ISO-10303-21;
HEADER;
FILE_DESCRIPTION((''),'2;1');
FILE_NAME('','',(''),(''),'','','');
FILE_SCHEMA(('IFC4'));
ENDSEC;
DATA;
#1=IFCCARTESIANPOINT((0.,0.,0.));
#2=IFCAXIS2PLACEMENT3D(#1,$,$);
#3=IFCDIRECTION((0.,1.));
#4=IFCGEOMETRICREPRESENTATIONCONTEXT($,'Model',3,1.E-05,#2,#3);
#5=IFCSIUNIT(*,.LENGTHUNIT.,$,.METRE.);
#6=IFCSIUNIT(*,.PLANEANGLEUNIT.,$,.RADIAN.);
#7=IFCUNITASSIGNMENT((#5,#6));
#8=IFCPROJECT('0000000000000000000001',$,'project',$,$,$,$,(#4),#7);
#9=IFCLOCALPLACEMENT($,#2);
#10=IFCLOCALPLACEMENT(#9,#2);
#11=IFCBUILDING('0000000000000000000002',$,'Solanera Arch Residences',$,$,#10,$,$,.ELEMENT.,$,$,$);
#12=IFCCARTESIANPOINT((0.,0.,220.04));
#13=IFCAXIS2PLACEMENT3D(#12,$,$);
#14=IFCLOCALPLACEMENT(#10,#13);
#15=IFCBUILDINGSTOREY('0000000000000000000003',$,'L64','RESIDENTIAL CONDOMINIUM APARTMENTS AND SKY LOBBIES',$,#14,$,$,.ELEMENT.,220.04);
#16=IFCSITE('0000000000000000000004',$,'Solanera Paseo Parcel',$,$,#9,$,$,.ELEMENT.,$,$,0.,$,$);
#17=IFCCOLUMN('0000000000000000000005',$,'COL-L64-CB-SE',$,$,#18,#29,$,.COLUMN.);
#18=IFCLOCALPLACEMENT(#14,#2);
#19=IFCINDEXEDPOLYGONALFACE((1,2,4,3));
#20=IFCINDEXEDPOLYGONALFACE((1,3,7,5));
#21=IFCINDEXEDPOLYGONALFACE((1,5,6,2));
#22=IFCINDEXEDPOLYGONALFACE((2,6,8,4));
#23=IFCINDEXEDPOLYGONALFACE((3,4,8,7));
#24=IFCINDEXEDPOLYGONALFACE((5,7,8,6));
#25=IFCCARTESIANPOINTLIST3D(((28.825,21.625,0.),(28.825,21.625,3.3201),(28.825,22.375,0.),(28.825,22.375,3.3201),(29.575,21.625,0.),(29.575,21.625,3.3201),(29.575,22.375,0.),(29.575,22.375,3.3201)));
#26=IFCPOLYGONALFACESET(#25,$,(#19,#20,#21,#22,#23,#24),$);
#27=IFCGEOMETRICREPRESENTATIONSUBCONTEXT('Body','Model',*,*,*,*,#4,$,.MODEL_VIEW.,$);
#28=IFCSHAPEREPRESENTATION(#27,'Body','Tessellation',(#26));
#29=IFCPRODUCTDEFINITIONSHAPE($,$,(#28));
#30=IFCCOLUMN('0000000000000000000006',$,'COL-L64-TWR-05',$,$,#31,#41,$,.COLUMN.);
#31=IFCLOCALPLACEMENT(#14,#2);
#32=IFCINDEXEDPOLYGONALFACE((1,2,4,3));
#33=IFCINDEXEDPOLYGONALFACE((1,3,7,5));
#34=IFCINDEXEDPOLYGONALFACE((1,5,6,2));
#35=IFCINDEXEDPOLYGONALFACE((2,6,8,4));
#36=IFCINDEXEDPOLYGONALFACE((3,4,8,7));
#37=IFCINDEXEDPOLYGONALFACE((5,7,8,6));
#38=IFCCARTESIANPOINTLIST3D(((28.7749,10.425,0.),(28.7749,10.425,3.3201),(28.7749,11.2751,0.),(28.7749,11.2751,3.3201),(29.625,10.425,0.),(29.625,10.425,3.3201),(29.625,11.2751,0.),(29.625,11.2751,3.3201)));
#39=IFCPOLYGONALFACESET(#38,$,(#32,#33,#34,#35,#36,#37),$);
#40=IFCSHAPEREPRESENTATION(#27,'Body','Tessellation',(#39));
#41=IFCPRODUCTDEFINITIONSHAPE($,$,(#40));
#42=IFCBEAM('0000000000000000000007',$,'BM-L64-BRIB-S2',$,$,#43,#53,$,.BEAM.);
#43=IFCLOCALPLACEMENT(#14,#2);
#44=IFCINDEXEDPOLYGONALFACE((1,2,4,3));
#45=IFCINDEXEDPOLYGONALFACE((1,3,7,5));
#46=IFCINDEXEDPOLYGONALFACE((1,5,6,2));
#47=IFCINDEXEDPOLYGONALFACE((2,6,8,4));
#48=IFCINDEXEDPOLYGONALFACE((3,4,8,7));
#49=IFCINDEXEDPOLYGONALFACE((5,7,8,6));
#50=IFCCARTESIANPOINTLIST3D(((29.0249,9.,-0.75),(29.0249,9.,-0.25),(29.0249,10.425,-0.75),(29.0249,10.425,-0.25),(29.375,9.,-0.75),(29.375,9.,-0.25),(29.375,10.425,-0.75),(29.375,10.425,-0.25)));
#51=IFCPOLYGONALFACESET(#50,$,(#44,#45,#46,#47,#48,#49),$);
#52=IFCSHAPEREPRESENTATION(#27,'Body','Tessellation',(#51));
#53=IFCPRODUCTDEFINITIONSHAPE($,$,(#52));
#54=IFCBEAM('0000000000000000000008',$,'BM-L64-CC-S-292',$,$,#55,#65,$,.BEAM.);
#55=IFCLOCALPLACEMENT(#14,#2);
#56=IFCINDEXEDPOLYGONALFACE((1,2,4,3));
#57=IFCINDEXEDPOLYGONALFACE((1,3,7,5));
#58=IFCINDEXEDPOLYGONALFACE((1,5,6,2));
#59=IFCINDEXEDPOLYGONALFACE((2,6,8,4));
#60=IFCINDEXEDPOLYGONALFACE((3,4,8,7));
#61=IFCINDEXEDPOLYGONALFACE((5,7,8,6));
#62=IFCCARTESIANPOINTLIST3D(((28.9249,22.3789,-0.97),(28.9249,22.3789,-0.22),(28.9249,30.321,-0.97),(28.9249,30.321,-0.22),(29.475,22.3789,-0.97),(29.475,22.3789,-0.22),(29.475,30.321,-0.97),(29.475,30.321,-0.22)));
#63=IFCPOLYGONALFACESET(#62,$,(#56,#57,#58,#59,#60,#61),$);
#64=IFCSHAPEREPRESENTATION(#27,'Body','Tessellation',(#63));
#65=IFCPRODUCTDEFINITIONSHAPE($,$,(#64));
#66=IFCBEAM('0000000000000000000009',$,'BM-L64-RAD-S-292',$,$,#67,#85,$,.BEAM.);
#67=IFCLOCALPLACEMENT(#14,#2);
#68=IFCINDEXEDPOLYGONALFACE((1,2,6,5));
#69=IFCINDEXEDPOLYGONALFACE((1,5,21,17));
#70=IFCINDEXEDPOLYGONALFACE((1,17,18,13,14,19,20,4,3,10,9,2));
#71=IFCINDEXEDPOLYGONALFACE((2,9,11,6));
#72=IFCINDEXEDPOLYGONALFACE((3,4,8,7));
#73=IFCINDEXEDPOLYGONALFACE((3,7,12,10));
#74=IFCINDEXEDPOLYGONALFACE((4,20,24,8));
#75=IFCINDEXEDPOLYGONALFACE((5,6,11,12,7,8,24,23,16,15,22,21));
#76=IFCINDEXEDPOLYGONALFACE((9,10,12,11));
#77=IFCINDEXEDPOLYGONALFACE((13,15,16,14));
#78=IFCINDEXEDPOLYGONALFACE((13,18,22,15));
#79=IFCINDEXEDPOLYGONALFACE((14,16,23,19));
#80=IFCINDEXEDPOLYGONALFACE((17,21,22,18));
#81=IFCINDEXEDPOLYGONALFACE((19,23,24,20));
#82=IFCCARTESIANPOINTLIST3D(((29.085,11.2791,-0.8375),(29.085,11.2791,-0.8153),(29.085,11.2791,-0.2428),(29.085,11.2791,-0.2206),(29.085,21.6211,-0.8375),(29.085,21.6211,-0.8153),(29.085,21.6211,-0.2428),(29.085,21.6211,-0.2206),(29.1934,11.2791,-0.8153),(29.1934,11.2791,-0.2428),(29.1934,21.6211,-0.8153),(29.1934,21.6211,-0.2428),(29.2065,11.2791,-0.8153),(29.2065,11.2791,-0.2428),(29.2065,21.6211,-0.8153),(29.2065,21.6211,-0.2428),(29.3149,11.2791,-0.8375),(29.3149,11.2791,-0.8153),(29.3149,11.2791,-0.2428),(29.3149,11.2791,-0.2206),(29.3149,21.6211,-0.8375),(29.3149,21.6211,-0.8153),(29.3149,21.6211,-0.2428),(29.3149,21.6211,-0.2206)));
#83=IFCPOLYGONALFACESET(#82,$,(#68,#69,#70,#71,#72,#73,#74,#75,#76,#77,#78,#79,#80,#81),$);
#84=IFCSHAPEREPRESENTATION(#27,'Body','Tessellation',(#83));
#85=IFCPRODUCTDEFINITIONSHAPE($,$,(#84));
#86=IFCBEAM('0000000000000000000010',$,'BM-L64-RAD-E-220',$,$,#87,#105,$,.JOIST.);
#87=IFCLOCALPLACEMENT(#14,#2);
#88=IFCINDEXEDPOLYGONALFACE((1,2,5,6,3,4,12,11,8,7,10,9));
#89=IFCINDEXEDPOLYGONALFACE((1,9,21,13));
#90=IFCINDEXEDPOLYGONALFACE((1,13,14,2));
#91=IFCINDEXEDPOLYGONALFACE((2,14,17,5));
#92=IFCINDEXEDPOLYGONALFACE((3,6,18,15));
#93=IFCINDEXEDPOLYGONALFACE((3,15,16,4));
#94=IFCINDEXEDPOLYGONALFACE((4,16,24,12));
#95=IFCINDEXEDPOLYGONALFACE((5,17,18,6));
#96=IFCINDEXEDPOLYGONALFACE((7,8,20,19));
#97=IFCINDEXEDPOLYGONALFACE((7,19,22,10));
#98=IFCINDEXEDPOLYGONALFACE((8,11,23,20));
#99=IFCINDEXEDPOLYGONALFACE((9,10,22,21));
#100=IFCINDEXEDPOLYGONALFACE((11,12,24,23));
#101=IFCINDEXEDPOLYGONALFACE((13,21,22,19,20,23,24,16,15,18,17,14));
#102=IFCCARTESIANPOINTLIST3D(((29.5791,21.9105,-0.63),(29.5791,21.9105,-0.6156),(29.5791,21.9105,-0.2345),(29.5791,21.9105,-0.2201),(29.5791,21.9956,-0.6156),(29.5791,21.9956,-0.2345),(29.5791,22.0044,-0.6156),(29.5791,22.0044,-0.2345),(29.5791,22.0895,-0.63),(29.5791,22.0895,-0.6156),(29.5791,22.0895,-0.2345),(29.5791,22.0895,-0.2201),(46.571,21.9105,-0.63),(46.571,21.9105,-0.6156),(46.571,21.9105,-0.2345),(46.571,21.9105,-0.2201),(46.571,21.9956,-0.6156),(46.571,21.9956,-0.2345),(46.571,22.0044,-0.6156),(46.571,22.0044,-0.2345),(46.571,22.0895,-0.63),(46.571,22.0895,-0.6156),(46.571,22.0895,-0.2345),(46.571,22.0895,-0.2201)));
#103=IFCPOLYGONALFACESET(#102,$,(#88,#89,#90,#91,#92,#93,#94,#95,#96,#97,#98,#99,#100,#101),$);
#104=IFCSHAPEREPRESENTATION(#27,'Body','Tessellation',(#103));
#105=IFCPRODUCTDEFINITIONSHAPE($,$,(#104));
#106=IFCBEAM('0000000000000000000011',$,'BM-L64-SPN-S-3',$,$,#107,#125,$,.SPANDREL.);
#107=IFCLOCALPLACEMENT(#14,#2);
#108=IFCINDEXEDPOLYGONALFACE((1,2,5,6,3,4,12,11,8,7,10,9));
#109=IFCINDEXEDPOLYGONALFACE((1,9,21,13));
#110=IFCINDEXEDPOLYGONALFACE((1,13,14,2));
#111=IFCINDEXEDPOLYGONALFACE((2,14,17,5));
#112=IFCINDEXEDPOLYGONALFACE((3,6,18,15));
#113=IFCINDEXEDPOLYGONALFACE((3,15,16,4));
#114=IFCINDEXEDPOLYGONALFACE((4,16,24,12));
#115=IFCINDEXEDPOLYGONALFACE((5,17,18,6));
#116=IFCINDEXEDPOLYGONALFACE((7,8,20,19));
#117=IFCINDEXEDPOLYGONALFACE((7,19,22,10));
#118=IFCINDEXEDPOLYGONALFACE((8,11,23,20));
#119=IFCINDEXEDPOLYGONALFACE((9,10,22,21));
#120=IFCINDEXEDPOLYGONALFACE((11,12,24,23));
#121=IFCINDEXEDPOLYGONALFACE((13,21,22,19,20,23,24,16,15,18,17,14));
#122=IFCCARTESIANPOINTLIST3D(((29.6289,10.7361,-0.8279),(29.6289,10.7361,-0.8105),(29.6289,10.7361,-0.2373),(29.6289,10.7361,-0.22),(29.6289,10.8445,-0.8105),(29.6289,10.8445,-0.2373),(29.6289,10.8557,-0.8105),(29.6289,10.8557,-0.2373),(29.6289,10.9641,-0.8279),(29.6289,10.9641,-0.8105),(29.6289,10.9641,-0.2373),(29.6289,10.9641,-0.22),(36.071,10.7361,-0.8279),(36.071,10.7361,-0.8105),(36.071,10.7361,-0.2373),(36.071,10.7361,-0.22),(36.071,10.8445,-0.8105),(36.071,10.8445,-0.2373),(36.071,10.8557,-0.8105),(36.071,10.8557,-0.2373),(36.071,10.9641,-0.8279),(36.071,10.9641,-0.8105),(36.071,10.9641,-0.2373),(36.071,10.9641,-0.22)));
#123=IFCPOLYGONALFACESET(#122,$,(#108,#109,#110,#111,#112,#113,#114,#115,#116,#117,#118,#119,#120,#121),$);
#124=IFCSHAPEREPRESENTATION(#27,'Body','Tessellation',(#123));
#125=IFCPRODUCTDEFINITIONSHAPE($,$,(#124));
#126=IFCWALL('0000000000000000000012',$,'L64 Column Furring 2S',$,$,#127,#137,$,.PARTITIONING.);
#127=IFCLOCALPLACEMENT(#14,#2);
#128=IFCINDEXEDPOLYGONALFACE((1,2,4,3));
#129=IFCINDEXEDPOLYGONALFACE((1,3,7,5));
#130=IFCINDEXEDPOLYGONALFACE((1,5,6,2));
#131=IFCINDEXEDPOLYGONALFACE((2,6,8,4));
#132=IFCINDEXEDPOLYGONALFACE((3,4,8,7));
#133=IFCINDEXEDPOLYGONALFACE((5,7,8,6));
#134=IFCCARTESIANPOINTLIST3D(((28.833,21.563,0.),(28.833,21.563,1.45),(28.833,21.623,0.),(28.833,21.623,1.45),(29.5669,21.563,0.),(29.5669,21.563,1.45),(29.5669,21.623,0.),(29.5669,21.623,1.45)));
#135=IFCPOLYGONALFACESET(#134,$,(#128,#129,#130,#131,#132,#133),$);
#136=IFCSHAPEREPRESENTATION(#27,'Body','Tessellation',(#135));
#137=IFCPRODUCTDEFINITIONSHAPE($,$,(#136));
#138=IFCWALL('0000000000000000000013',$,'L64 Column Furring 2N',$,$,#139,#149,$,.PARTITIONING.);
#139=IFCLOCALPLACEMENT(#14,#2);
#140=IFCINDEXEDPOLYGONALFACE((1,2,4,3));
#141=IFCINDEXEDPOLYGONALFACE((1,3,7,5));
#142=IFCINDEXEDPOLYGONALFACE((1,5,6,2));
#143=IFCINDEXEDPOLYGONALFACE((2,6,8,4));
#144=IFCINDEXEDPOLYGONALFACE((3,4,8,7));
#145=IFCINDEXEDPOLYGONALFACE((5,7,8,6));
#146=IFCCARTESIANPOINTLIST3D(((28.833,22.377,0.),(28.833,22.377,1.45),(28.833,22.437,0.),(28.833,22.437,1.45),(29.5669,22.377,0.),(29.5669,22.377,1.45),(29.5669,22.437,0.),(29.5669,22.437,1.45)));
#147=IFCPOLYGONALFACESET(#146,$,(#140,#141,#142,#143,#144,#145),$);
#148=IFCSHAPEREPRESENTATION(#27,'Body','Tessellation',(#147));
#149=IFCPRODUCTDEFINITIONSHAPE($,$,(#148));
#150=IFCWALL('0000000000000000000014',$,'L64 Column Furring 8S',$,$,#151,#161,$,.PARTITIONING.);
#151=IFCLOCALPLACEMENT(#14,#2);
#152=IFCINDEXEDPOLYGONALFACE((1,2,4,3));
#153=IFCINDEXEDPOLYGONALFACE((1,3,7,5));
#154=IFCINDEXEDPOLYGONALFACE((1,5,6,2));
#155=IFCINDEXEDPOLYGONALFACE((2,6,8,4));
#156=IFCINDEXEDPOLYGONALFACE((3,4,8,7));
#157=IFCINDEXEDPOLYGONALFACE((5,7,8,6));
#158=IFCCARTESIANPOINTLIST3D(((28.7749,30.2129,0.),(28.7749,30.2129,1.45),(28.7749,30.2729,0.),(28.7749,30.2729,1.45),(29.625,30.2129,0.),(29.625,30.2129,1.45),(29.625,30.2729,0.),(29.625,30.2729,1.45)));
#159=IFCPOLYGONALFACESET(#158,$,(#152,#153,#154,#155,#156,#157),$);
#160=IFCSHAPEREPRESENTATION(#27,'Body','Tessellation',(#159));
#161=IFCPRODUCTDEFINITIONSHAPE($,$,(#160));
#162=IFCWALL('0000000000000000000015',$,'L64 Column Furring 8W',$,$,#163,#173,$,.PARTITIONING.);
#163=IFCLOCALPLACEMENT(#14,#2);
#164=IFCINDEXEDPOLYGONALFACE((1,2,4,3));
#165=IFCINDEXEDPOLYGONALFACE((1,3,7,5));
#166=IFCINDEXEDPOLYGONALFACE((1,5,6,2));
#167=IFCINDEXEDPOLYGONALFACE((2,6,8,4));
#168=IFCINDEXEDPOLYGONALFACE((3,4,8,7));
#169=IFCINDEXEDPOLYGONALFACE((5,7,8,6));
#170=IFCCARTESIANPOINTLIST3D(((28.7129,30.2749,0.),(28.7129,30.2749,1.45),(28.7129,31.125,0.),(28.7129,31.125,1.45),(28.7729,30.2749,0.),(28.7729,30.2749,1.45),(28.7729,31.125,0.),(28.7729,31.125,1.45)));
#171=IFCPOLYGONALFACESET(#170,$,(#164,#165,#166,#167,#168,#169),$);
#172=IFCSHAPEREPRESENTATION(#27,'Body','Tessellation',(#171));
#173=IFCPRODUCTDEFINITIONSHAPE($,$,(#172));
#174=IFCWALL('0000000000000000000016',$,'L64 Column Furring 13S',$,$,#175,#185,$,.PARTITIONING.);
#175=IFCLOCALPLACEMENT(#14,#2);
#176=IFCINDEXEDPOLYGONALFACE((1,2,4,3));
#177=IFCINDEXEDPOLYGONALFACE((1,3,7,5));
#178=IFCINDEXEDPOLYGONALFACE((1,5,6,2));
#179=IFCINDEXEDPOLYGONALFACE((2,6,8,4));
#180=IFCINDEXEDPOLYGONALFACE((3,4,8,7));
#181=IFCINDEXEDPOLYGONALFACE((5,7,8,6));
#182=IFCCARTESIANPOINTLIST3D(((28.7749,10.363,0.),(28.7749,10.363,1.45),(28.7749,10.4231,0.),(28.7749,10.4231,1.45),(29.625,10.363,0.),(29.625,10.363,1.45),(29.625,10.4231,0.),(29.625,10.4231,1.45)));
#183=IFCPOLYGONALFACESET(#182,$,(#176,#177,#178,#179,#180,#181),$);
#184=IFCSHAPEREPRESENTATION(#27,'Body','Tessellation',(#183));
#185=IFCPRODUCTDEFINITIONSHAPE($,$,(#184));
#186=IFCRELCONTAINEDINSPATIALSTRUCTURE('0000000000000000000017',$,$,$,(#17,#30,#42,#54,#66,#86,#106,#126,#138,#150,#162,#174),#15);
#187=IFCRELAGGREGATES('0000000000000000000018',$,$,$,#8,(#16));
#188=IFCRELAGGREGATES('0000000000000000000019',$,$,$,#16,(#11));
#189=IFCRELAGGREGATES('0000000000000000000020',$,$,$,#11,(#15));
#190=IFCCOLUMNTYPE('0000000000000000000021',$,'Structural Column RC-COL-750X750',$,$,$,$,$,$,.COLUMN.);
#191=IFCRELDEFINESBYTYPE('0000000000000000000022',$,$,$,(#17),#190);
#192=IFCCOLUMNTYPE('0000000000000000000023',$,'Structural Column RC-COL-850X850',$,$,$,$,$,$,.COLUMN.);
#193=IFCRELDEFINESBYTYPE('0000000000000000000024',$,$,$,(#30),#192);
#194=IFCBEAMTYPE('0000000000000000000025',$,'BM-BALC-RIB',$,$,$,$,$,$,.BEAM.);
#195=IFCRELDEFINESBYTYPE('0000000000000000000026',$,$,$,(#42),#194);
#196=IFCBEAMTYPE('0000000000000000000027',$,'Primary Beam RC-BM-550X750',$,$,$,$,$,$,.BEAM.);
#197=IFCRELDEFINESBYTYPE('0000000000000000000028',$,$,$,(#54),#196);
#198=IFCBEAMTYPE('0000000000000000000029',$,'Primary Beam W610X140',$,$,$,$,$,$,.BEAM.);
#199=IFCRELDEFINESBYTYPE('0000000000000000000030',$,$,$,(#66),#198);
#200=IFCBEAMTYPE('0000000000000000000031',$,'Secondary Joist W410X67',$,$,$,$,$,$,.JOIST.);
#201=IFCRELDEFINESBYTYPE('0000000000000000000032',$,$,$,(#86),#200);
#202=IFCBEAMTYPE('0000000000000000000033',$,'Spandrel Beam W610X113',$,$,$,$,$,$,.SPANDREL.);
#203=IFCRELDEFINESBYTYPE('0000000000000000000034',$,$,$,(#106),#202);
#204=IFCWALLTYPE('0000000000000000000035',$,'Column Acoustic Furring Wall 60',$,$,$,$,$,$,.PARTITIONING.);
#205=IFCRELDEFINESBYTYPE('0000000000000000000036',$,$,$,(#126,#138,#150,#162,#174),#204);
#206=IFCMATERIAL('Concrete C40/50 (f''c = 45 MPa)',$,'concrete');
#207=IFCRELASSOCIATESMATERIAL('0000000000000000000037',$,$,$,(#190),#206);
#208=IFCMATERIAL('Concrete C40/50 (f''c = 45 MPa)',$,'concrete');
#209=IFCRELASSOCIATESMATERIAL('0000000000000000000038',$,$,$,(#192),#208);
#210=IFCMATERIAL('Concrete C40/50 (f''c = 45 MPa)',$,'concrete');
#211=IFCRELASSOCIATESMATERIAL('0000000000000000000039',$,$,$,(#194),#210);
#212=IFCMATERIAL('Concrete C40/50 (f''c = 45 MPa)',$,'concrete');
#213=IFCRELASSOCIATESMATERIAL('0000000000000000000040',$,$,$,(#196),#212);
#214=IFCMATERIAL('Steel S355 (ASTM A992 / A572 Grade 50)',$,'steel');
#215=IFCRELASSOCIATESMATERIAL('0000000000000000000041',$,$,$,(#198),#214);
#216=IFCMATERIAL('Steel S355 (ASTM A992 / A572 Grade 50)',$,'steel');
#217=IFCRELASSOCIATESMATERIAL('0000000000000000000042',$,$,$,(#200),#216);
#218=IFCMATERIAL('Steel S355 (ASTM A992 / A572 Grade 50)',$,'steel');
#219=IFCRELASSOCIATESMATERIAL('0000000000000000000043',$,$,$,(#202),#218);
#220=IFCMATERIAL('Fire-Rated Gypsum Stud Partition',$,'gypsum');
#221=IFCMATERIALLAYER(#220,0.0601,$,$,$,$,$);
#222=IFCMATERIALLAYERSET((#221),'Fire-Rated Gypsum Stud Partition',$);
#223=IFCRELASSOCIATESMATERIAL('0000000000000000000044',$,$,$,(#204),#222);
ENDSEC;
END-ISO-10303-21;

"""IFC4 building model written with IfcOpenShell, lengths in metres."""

from ifc_helpers import new_model, si_unit, direction, frame, frame_2d, origin, origin_2d, place, context, subcontext, project, spatial, rectangle, i_section, extrude, material, layer, layer_set, material_profile, profile_set, type_object, element, save


model = new_model("IFC4")

# Units and contexts
model_context = context("Model", 3, precision=1e-05, world=origin(), true_north=direction((0.0, 1.0)))
body_context = subcontext(model_context, "Body", "Model", "MODEL_VIEW")
ifc_project = project(units=[si_unit("LENGTHUNIT", "METRE"), si_unit("PLANEANGLEUNIT", "RADIAN")], contexts=[model_context])

# Site, building, storey
site_placement = place(None, origin())
site = spatial("IfcSite", under=ifc_project, at=site_placement, Name="Solanera Paseo Parcel", CompositionType="ELEMENT", RefElevation=0.0)
building_placement = place(site_placement, origin())
building = spatial("IfcBuilding", under=site, at=building_placement, Name="Solanera Arch Residences", CompositionType="ELEMENT")
storey_placement = place(building_placement, frame((0.0, 0.0, 220.04)))
storey = spatial("IfcBuildingStorey", under=building, at=storey_placement, Name="L64", Description="RESIDENTIAL CONDOMINIUM APARTMENTS AND SKY LOBBIES", CompositionType="ELEMENT", Elevation=220.04)

# Columns
ifc_material_1 = material(Name="Concrete C40/50 (f'c = 45 MPa)", Category="concrete")
ifc_material_profile_1 = material_profile(ifc_material_1, rectangle(XDim=0.75, YDim=0.75, at=origin_2d()))
ifc_profile_set_1 = profile_set([ifc_material_profile_1], Name="Concrete C40/50 (f'c = 45 MPa)")
column_type_1 = type_object("IfcColumnType", Name="Structural Column RC-COL-750X750", PredefinedType="COLUMN", material=ifc_profile_set_1)
column_1_placement = place(storey_placement, frame((29.2, 22.0, 0.0), z_axis=(0.0, 0.0, 1.0), x_axis=(1.0, 0.0, 0.0)))
element("IfcColumn", 1, at=column_1_placement, inside=storey, type_object=column_type_1, Name="COL-L64-CB-SE", PredefinedType="COLUMN", context=body_context, shape_type="SweptSolid", body=[
    extrude(rectangle(XDim=0.75, YDim=0.75, at=origin_2d()), origin(), (0.0, 0.0, 1.0), 3.3201),
])
ifc_material_2 = material(Name="Concrete C40/50 (f'c = 45 MPa)", Category="concrete")
ifc_material_profile_2 = material_profile(ifc_material_2, rectangle(XDim=0.8501, YDim=0.8501, at=origin_2d()))
ifc_profile_set_2 = profile_set([ifc_material_profile_2], Name="Concrete C40/50 (f'c = 45 MPa)")
column_type_2 = type_object("IfcColumnType", Name="Structural Column RC-COL-850X850", PredefinedType="COLUMN", material=ifc_profile_set_2)
column_2_placement = place(storey_placement, frame((29.2, 10.8501, 0.0), z_axis=(0.0, 0.0, 1.0), x_axis=(1.0, 0.0, 0.0)))
element("IfcColumn", 2, at=column_2_placement, inside=storey, type_object=column_type_2, Name="COL-L64-TWR-05", PredefinedType="COLUMN", context=body_context, shape_type="SweptSolid", body=[
    extrude(rectangle(XDim=0.8501, YDim=0.8501, at=origin_2d()), origin(), (0.0, 0.0, 1.0), 3.3201),
])

# Beams
ifc_material_3 = material(Name="Concrete C40/50 (f'c = 45 MPa)", Category="concrete")
ifc_material_profile_3 = material_profile(ifc_material_3, rectangle(XDim=0.3501, YDim=0.5, at=origin_2d()))
ifc_profile_set_3 = profile_set([ifc_material_profile_3], Name="Concrete C40/50 (f'c = 45 MPa)")
beam_type_1 = type_object("IfcBeamType", Name="BM-BALC-RIB", PredefinedType="BEAM", material=ifc_profile_set_3)
beam_1_placement = place(storey_placement, frame((29.2, 9.0, -0.5), z_axis=(0.0, 1.0, 0.0), x_axis=(-1.0, 0.0, 0.0)))
element("IfcBeam", 3, at=beam_1_placement, inside=storey, type_object=beam_type_1, Name="BM-L64-BRIB-S2", PredefinedType="BEAM", context=body_context, shape_type="SweptSolid", body=[
    extrude(rectangle(XDim=0.3501, YDim=0.5, at=origin_2d()), origin(), (0.0, 0.0, 1.0), 1.425),
])
ifc_material_4 = material(Name="Concrete C40/50 (f'c = 45 MPa)", Category="concrete")
ifc_material_profile_4 = material_profile(ifc_material_4, rectangle(XDim=0.55, YDim=0.75, at=origin_2d()))
ifc_profile_set_4 = profile_set([ifc_material_profile_4], Name="Concrete C40/50 (f'c = 45 MPa)")
beam_type_2 = type_object("IfcBeamType", Name="Primary Beam RC-BM-550X750", PredefinedType="BEAM", material=ifc_profile_set_4)
beam_2_placement = place(storey_placement, frame((29.2, 22.3789, -0.595), z_axis=(0.0, 1.0, 0.0), x_axis=(-1.0, 0.0, 0.0)))
element("IfcBeam", 4, at=beam_2_placement, inside=storey, type_object=beam_type_2, Name="BM-L64-CC-S-292", PredefinedType="BEAM", context=body_context, shape_type="SweptSolid", body=[
    extrude(rectangle(XDim=0.55, YDim=0.75, at=origin_2d()), origin(), (0.0, 0.0, 1.0), 7.9421),
])
ifc_material_5 = material(Name="Steel S355 (ASTM A992 / A572 Grade 50)", Category="steel")
ifc_material_profile_5 = material_profile(ifc_material_5, i_section(OverallWidth=0.23, OverallDepth=0.6169, WebThickness=0.0132, FlangeThickness=0.0222, at=origin_2d()))
ifc_profile_set_5 = profile_set([ifc_material_profile_5], Name="Steel S355 (ASTM A992 / A572 Grade 50)")
beam_type_3 = type_object("IfcBeamType", Name="Primary Beam W610X140", PredefinedType="BEAM", material=ifc_profile_set_5)
beam_3_placement = place(storey_placement, frame((29.2, 11.2791, -0.5291), z_axis=(0.0, 1.0, 0.0), x_axis=(-1.0, 0.0, 0.0)))
element("IfcBeam", 5, at=beam_3_placement, inside=storey, type_object=beam_type_3, Name="BM-L64-RAD-S-292", PredefinedType="BEAM", context=body_context, shape_type="SweptSolid", body=[
    extrude(i_section(OverallWidth=0.23, OverallDepth=0.6169, WebThickness=0.0132, FlangeThickness=0.0222, at=origin_2d()), origin(), (0.0, 0.0, 1.0), 10.342),
])
ifc_material_6 = material(Name="Steel S355 (ASTM A992 / A572 Grade 50)", Category="steel")
ifc_material_profile_6 = material_profile(ifc_material_6, i_section(OverallWidth=0.179, OverallDepth=0.4099, WebThickness=0.0088, FlangeThickness=0.0144, at=origin_2d()))
ifc_profile_set_6 = profile_set([ifc_material_profile_6], Name="Steel S355 (ASTM A992 / A572 Grade 50)")
beam_type_4 = type_object("IfcBeamType", Name="Secondary Joist W410X67", PredefinedType="JOIST", material=ifc_profile_set_6)
beam_4_placement = place(storey_placement, frame((29.5791, 22.0, -0.425), z_axis=(1.0, 0.0, 0.0), x_axis=(0.0, 1.0, 0.0)))
element("IfcBeam", 6, at=beam_4_placement, inside=storey, type_object=beam_type_4, Name="BM-L64-RAD-E-220", PredefinedType="JOIST", context=body_context, shape_type="SweptSolid", body=[
    extrude(i_section(OverallWidth=0.179, OverallDepth=0.4099, WebThickness=0.0088, FlangeThickness=0.0144, at=origin_2d()), origin(), (0.0, 0.0, 1.0), 16.9919),
])
ifc_material_7 = material(Name="Steel S355 (ASTM A992 / A572 Grade 50)", Category="steel")
ifc_material_profile_7 = material_profile(ifc_material_7, i_section(OverallWidth=0.228, OverallDepth=0.6079, WebThickness=0.0112, FlangeThickness=0.0173, at=origin_2d()))
ifc_profile_set_7 = profile_set([ifc_material_profile_7], Name="Steel S355 (ASTM A992 / A572 Grade 50)")
beam_type_5 = type_object("IfcBeamType", Name="Spandrel Beam W610X113", PredefinedType="SPANDREL", material=ifc_profile_set_7)
beam_5_placement = place(storey_placement, frame((29.6289, 10.8501, -0.5239), z_axis=(1.0, 0.0, 0.0), x_axis=(0.0, 1.0, 0.0)))
element("IfcBeam", 7, at=beam_5_placement, inside=storey, type_object=beam_type_5, Name="BM-L64-SPN-S-3", PredefinedType="SPANDREL", context=body_context, shape_type="SweptSolid", body=[
    extrude(i_section(OverallWidth=0.228, OverallDepth=0.6079, WebThickness=0.0112, FlangeThickness=0.0173, at=origin_2d()), origin(), (0.0, 0.0, 1.0), 6.4421),
])

# Walls
ifc_material_8 = material(Name="Fire-Rated Gypsum Stud Partition", Category="gypsum")
ifc_layer_1 = layer(ifc_material_8, 0.0601)
ifc_layer_set_1 = layer_set([ifc_layer_1], Name="Fire-Rated Gypsum Stud Partition")
wall_type_1 = type_object("IfcWallType", Name="Column Acoustic Furring Wall 60", PredefinedType="PARTITIONING", material=ifc_layer_set_1)
for number, where, z_axis, x_axis, name in (
    (8, (28.833, 21.593, 0.0), (0.0, 0.0, 1.0), (1.0, 0.0, 0.0), "L64 Column Furring 2S"),
    (9, (28.833, 22.407, 0.0), (0.0, 0.0, 1.0), (1.0, 0.0, 0.0), "L64 Column Furring 2N"),
):
    element("IfcWall", number, at=place(storey_placement, frame(where, z_axis=z_axis, x_axis=x_axis)), inside=storey, type_object=wall_type_1, Name=name, PredefinedType="PARTITIONING", context=body_context, shape_type="SweptSolid", body=[
        extrude(rectangle(XDim=0.7339, YDim=0.0601, at=frame_2d((0.3669, 0.0))), origin(), (0.0, 0.0, 1.0), 1.45),
    ])
for number, where, z_axis, x_axis, name in (
    (10, (28.7749, 30.2429, 0.0), (0.0, 0.0, 1.0), (1.0, 0.0, 0.0), "L64 Column Furring 8S"),
    (11, (28.7429, 30.2749, 0.0), (0.0, 0.0, 1.0), (0.0, 1.0, 0.0), "L64 Column Furring 8W"),
    (12, (28.7749, 10.3931, 0.0), (0.0, 0.0, 1.0), (1.0, 0.0, 0.0), "L64 Column Furring 13S"),
):
    element("IfcWall", number, at=place(storey_placement, frame(where, z_axis=z_axis, x_axis=x_axis)), inside=storey, type_object=wall_type_1, Name=name, PredefinedType="PARTITIONING", context=body_context, shape_type="SweptSolid", body=[
        extrude(rectangle(XDim=0.8501, YDim=0.0601, at=frame_2d((0.425, 0.0))), origin(), (0.0, 0.0, 1.0), 1.45),
    ])

save(model, "model.ifc")
